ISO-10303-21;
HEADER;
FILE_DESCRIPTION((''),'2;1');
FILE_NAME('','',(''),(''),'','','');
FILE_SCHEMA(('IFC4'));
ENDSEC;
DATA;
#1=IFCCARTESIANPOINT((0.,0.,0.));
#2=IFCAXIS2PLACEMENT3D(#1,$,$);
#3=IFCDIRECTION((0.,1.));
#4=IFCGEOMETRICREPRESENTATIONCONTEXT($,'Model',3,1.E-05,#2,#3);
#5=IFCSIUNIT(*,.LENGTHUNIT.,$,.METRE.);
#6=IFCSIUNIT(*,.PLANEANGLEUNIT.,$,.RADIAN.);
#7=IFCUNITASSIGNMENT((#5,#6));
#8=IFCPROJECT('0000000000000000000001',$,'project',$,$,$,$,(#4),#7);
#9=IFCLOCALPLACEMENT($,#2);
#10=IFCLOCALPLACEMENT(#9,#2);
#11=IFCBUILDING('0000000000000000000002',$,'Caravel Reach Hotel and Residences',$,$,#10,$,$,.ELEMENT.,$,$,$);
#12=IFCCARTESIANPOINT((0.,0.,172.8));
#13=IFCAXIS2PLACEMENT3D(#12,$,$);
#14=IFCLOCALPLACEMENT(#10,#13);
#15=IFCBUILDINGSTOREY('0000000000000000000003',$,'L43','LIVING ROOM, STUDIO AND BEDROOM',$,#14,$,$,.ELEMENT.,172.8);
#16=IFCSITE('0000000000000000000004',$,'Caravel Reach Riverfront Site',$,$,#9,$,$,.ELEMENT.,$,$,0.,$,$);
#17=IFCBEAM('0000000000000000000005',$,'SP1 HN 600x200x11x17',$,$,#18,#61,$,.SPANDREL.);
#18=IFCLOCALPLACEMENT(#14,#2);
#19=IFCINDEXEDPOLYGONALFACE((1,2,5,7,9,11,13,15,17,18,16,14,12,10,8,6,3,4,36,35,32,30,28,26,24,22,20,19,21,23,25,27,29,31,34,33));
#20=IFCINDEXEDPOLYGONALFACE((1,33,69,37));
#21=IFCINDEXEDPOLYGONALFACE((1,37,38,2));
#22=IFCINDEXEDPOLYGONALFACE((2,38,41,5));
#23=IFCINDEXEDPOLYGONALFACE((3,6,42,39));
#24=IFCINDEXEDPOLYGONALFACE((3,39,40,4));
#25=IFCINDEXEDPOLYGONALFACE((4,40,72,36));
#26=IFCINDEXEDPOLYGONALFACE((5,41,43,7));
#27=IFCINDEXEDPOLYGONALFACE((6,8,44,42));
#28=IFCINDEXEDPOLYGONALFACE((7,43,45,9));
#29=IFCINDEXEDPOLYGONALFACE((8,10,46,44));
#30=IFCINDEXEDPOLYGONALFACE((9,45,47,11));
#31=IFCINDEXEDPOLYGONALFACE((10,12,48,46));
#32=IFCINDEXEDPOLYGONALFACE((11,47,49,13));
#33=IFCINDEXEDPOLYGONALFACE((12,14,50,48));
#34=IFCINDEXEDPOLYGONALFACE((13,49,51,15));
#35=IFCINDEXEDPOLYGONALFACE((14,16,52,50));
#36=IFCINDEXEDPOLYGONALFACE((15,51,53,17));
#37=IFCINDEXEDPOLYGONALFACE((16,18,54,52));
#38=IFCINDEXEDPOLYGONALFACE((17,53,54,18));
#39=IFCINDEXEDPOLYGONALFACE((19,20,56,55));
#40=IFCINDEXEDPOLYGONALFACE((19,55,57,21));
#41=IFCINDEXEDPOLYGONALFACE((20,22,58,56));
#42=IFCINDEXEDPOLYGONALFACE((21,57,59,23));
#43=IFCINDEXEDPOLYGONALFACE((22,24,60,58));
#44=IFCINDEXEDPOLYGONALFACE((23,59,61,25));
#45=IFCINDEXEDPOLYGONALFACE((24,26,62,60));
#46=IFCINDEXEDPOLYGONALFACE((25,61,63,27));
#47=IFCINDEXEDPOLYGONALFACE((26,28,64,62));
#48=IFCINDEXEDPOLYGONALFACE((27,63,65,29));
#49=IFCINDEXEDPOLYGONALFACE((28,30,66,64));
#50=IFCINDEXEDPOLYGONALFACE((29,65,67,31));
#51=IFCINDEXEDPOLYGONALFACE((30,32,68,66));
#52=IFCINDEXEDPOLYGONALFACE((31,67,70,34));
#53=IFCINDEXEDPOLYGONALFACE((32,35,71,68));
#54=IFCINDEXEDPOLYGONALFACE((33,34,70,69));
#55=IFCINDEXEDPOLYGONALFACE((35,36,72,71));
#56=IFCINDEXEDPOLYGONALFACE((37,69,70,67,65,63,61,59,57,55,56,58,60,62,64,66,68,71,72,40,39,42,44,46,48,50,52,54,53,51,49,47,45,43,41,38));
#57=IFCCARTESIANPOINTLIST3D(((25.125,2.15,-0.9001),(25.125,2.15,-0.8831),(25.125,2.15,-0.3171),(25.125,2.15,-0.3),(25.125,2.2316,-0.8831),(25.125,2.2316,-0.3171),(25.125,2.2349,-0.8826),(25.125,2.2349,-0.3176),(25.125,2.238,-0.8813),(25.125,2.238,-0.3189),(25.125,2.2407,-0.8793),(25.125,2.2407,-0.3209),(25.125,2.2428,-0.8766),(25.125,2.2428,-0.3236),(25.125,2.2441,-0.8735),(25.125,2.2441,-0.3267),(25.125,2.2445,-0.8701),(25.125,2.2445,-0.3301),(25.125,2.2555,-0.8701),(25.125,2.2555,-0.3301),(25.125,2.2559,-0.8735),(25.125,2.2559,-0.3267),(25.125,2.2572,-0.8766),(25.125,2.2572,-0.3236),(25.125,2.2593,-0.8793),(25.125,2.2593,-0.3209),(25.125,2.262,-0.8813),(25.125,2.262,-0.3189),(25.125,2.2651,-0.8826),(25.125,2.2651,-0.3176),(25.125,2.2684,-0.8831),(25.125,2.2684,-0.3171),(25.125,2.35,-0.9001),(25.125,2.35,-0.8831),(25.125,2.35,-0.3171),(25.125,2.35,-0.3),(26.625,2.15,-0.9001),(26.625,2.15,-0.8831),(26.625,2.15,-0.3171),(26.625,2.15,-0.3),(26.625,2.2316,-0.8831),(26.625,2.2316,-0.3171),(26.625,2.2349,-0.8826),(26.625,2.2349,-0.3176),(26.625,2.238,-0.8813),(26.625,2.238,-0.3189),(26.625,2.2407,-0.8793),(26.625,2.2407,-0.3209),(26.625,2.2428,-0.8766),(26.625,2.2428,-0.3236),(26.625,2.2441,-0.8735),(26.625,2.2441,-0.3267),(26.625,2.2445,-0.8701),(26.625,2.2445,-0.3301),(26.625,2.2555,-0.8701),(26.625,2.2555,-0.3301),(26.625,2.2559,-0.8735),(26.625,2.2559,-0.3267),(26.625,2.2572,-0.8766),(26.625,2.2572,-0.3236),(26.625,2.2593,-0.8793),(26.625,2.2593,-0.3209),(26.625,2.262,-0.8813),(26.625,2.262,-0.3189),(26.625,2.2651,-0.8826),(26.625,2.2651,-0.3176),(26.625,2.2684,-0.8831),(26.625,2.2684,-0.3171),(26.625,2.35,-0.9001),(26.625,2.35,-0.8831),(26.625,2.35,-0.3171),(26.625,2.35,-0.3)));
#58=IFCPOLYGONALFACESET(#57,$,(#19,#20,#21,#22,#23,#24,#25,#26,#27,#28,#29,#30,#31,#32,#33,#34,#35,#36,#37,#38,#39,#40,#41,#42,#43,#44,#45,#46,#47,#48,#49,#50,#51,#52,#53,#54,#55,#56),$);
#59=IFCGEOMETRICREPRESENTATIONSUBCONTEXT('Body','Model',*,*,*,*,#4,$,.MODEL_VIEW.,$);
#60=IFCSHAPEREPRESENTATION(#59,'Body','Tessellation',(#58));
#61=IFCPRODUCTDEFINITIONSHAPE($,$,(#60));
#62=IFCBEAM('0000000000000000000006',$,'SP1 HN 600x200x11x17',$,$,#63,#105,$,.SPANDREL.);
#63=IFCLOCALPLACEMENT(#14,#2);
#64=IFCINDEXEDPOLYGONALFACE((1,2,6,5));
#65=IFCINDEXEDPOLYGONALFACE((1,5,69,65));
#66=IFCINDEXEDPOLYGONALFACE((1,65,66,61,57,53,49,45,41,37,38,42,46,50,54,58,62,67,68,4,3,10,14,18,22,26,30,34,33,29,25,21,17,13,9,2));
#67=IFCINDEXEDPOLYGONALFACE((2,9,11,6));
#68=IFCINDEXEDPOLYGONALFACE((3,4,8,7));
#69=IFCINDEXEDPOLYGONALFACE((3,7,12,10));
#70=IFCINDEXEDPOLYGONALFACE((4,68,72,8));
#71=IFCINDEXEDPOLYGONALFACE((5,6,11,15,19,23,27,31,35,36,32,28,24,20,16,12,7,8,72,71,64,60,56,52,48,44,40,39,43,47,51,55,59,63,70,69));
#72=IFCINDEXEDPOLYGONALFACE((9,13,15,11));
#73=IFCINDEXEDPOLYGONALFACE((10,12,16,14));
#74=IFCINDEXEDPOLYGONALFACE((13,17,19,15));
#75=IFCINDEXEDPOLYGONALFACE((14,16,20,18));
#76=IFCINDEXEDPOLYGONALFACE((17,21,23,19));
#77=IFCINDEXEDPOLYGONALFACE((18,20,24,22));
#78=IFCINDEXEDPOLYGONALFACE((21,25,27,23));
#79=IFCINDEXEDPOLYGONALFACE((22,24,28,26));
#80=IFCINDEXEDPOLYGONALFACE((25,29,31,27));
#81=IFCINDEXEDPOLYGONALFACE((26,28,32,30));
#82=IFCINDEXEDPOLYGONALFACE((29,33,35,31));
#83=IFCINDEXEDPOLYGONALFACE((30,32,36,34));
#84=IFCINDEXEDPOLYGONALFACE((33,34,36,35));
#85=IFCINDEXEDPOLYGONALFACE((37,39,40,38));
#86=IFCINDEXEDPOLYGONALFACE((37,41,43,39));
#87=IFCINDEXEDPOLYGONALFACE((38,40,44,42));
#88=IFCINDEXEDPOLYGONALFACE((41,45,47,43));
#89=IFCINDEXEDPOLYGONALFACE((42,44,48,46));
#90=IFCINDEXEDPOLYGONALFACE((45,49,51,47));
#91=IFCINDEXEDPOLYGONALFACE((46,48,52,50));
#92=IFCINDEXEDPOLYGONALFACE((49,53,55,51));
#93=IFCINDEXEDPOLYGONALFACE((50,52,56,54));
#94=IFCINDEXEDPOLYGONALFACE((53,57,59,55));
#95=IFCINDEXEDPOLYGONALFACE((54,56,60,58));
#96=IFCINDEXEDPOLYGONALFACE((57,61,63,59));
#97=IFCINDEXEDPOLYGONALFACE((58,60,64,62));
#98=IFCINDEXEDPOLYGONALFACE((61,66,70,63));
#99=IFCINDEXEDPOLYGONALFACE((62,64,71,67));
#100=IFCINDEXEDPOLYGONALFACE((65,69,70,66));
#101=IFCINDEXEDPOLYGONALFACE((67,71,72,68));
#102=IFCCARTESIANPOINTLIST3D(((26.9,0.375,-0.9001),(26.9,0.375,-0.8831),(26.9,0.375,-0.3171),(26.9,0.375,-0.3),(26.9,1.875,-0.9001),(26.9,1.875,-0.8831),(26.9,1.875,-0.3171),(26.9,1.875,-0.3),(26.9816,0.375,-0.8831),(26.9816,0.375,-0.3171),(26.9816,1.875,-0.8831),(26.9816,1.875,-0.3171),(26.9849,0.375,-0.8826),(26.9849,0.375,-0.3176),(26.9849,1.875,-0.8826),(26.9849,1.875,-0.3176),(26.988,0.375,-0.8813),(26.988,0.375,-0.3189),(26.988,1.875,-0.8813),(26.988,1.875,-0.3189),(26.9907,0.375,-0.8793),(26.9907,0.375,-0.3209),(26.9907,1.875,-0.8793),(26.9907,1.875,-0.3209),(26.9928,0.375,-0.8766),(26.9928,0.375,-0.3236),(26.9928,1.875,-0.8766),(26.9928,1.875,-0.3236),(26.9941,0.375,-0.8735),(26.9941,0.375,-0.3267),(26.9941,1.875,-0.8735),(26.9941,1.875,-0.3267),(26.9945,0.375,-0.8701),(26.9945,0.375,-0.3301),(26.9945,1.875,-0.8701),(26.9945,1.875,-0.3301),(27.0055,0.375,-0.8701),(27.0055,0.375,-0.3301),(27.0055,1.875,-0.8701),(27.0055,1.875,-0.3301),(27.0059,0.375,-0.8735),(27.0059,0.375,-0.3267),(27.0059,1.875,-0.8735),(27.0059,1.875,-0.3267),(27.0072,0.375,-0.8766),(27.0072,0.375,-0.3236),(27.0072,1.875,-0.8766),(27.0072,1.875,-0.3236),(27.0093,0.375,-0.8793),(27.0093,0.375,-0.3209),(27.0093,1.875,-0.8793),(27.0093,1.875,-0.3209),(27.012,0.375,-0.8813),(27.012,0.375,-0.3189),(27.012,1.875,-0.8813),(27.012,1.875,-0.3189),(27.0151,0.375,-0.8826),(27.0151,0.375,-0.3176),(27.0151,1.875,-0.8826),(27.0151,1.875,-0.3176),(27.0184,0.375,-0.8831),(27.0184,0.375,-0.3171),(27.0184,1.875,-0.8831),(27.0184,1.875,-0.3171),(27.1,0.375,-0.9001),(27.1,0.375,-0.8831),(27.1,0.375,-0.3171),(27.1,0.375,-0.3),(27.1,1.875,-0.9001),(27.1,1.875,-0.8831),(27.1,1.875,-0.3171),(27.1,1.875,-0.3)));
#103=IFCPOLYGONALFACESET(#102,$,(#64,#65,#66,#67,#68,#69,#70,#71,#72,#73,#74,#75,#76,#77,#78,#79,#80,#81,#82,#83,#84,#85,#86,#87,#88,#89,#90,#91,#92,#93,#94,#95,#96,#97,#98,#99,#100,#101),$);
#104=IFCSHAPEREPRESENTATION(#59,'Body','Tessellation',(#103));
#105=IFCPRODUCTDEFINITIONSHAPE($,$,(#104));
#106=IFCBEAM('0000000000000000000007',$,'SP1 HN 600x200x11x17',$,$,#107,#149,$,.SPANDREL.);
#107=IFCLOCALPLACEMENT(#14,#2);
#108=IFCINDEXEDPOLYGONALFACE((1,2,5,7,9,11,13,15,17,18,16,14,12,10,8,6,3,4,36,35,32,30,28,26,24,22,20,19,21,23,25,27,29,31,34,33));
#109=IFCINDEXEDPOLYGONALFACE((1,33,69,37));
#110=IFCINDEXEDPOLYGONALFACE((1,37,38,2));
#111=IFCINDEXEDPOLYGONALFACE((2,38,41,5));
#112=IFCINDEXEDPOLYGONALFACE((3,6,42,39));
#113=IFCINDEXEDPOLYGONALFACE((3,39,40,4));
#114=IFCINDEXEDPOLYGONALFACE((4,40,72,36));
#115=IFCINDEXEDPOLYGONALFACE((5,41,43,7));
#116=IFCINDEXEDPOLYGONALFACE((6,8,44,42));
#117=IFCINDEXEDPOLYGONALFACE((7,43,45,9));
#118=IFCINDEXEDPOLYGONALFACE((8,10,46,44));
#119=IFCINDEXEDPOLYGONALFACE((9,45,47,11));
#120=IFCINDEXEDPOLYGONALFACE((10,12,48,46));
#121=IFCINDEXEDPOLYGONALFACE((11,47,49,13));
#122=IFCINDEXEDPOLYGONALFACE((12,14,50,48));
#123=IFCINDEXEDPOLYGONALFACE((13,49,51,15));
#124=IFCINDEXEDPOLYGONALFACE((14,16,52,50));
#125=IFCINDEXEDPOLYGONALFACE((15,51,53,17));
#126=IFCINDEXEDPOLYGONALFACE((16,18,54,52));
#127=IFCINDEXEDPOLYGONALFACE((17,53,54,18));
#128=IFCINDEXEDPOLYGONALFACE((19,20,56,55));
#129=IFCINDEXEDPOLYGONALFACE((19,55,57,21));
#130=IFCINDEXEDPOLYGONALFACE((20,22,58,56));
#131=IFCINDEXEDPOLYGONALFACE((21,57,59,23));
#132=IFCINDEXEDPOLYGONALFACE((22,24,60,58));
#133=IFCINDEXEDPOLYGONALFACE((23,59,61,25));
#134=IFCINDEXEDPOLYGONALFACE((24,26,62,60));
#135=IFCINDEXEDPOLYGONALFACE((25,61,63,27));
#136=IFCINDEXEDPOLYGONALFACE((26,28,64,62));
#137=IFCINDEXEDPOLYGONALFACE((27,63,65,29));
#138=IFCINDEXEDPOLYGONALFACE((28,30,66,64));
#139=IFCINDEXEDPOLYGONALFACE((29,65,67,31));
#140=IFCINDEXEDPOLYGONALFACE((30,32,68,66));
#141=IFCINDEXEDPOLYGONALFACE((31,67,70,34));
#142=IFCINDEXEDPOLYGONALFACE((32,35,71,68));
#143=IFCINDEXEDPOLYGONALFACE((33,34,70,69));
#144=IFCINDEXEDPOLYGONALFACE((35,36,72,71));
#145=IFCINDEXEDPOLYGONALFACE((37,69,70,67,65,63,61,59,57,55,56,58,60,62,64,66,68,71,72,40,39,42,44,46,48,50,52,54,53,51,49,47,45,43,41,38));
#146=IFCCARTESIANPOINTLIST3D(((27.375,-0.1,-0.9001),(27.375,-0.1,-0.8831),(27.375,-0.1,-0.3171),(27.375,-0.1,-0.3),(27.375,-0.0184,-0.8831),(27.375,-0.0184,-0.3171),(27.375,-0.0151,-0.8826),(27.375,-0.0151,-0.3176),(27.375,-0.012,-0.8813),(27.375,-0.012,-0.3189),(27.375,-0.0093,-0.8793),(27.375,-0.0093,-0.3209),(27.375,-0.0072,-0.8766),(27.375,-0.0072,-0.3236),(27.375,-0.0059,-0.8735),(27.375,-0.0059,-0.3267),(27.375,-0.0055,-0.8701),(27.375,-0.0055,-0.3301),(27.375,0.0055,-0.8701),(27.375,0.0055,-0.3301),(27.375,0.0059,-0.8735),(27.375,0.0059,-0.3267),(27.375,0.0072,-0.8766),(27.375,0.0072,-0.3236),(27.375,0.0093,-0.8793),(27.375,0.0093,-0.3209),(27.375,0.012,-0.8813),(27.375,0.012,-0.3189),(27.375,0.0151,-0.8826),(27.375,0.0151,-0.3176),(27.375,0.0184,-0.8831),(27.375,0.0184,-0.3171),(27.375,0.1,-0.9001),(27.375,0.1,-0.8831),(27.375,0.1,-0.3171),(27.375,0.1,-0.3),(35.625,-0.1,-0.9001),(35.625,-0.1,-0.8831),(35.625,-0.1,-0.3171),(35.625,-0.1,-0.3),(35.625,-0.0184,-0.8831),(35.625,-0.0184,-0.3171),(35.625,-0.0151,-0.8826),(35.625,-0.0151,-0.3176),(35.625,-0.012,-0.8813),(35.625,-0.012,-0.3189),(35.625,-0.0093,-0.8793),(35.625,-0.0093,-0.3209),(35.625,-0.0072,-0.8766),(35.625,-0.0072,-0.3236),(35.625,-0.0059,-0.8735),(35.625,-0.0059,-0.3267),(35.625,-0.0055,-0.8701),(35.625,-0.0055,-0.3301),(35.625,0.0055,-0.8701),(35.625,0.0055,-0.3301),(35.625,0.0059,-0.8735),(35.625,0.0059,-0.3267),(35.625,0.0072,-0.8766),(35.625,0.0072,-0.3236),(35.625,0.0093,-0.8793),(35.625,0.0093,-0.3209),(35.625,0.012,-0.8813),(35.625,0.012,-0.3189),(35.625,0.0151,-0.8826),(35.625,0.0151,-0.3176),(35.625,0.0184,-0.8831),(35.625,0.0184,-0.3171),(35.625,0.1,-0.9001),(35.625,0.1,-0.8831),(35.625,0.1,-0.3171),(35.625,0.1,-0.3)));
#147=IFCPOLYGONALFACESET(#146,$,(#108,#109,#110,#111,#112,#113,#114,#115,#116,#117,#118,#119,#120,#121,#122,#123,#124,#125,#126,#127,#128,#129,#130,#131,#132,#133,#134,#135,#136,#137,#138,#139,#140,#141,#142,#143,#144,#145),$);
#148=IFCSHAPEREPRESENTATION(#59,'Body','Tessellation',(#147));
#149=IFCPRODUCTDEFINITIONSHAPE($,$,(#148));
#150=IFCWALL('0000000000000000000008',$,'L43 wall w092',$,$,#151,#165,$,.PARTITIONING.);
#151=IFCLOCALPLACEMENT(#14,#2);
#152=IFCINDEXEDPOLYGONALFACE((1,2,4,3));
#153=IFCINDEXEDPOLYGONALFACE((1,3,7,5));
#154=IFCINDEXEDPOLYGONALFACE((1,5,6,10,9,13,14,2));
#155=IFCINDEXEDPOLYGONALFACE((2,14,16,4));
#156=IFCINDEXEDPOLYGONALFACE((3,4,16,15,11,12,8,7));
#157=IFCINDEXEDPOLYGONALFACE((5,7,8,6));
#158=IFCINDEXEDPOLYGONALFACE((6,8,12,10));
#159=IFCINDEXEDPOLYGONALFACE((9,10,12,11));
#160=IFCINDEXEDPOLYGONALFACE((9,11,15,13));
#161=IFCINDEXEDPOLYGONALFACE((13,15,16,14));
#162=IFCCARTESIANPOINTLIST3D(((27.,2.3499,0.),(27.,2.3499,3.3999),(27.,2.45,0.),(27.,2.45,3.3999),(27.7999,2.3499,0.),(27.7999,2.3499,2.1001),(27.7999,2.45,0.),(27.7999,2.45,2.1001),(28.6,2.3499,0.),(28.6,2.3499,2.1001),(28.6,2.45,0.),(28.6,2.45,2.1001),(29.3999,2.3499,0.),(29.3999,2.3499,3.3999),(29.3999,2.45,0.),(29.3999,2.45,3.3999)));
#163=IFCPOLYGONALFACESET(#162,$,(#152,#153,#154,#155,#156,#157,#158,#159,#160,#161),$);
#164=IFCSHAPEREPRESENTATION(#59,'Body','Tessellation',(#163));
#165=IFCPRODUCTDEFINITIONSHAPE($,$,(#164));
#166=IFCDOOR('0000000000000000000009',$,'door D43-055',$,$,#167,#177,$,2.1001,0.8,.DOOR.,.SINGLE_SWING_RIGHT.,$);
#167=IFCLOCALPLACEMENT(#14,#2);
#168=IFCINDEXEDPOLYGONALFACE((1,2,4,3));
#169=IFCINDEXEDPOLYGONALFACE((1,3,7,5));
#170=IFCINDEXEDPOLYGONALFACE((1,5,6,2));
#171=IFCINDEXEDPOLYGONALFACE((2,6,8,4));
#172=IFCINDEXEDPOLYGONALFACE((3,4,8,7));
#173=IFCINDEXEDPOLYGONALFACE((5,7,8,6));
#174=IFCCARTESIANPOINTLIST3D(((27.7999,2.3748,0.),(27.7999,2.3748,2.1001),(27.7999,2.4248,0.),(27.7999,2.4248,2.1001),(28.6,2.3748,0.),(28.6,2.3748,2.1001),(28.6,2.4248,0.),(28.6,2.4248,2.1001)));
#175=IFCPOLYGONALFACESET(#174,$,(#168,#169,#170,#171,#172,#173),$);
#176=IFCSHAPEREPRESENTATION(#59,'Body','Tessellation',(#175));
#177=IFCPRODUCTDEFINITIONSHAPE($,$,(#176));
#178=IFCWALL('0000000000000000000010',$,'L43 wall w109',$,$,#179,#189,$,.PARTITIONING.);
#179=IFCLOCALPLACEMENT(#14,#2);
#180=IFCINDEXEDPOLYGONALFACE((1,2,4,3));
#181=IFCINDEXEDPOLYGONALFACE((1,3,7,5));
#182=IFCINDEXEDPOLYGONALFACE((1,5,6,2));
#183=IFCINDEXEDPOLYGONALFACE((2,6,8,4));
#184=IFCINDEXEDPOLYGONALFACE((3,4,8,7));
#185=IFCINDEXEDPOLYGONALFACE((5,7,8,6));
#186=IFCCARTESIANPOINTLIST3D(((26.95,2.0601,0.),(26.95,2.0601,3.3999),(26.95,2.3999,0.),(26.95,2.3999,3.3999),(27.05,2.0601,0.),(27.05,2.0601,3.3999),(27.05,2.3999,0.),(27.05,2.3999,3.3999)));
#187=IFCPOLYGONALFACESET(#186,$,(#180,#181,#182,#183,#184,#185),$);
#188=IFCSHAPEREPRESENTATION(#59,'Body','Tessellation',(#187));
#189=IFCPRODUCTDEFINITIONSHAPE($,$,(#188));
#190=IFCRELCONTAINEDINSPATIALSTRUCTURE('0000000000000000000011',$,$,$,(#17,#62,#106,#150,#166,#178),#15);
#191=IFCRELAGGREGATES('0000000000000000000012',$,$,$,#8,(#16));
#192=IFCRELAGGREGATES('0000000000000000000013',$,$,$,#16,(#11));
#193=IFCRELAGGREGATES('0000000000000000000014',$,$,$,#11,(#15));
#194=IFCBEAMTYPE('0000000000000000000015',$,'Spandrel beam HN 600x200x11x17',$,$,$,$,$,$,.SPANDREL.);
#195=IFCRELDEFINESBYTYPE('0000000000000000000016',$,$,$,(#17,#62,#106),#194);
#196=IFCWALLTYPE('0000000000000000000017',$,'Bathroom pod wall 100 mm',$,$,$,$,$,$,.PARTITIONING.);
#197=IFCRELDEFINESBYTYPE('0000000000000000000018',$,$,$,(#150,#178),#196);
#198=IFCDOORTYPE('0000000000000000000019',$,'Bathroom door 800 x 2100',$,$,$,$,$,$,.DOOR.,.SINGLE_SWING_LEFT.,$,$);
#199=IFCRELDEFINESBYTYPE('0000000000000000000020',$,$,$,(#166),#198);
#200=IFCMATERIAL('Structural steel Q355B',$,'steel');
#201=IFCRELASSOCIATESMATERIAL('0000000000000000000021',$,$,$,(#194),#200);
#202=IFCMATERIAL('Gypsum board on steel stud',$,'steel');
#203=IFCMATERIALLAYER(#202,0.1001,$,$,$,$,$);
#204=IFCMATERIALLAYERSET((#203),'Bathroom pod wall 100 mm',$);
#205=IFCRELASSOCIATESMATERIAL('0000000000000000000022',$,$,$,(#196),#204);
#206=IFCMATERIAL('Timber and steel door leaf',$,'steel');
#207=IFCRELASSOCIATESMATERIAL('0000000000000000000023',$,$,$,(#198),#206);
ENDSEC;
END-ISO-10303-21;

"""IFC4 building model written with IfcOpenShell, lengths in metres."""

from ifc_helpers import new_model, si_unit, direction, frame, frame_2d, origin, origin_2d, place, context, subcontext, project, spatial, rectangle, i_section, extrude, material, layer, layer_set, material_profile, profile_set, type_object, element, fill, save


model = new_model("IFC4")

# Units and contexts
model_context = context("Model", 3, precision=1e-05, world=origin(), true_north=direction((0.0, 1.0)))
body_context = subcontext(model_context, "Body", "Model", "MODEL_VIEW")
ifc_project = project(units=[si_unit("LENGTHUNIT", "METRE"), si_unit("PLANEANGLEUNIT", "RADIAN")], contexts=[model_context])

# Site, building, storey
site_placement = place(None, origin())
site = spatial("IfcSite", under=ifc_project, at=site_placement, Name="Caravel Reach Riverfront Site", CompositionType="ELEMENT", RefElevation=0.0)
building_placement = place(site_placement, origin())
building = spatial("IfcBuilding", under=site, at=building_placement, Name="Caravel Reach Hotel and Residences", CompositionType="ELEMENT")
storey_placement = place(building_placement, frame((0.0, 0.0, 172.8)))
storey = spatial("IfcBuildingStorey", under=building, at=storey_placement, Name="L43", Description="LIVING ROOM, STUDIO AND BEDROOM", CompositionType="ELEMENT", Elevation=172.8)

# Beams
ifc_material_1 = material(Name="Structural steel Q355B", Category="steel")
ifc_material_profile_1 = material_profile(ifc_material_1, i_section(OverallWidth=0.2, OverallDepth=0.6001, WebThickness=0.011, FlangeThickness=0.0171, FilletRadius=0.0129, at=origin_2d()), Name="HN 600x200x11x17")
ifc_profile_set_1 = profile_set([ifc_material_profile_1], Name="Structural steel Q355B")
beam_type = type_object("IfcBeamType", Name="Spandrel beam HN 600x200x11x17", PredefinedType="SPANDREL", material=ifc_profile_set_1)
for number, where, z_axis, x_axis, name in (
    (1, (25.125, 2.25, -0.6001), (1.0, 0.0, 0.0), (0.0, 1.0, 0.0), "SP1 HN 600x200x11x17"),
    (2, (27.0, 1.875, -0.6001), (0.0, -1.0, 0.0), (1.0, 0.0, 0.0), "SP1 HN 600x200x11x17"),
):
    element("IfcBeam", number, at=place(storey_placement, frame(where, z_axis=z_axis, x_axis=x_axis)), inside=storey, type_object=beam_type, Name=name, PredefinedType="SPANDREL", context=body_context, shape_type="SweptSolid", body=[
        extrude(i_section(OverallWidth=0.2, OverallDepth=0.6001, WebThickness=0.011, FlangeThickness=0.0171, FilletRadius=0.0129, at=origin_2d()), origin(), (0.0, 0.0, 1.0), 1.5),
    ])
beam_placement = place(storey_placement, frame((27.375, 0.0, -0.6001), z_axis=(1.0, 0.0, 0.0), x_axis=(0.0, 1.0, 0.0)))
element("IfcBeam", 3, at=beam_placement, inside=storey, type_object=beam_type, Name="SP1 HN 600x200x11x17", PredefinedType="SPANDREL", context=body_context, shape_type="SweptSolid", body=[
    extrude(i_section(OverallWidth=0.2, OverallDepth=0.6001, WebThickness=0.011, FlangeThickness=0.0171, FilletRadius=0.0129, at=origin_2d()), origin(), (0.0, 0.0, 1.0), 8.25),
])

# Wall, opening, door
ifc_material_2 = material(Name="Gypsum board on steel stud", Category="steel")
ifc_layer_1 = layer(ifc_material_2, 0.1001)
ifc_layer_set_1 = layer_set([ifc_layer_1], Name="Bathroom pod wall 100 mm")
wall_type_1 = type_object("IfcWallType", Name="Bathroom pod wall 100 mm", PredefinedType="PARTITIONING", material=ifc_layer_set_1)
wall_1_placement = place(storey_placement, frame((27.0, 2.3999, 0.0), z_axis=(0.0, 0.0, 1.0), x_axis=(1.0, 0.0, 0.0)))
wall_1 = element("IfcWall", 4, at=wall_1_placement, inside=storey, type_object=wall_type_1, Name="L43 wall w092", PredefinedType="PARTITIONING", context=body_context, shape_type="SweptSolid", body=[
    extrude(rectangle(XDim=2.3999, YDim=0.1001, at=frame_2d((1.2, 0.0))), origin(), (0.0, 0.0, 1.0), 3.3999),
])
opening_1_placement = place(wall_1_placement, frame((0.8, 0.0, 0.0)))
opening_1 = element("IfcOpeningElement", 5, at=opening_1_placement, cuts=wall_1, PredefinedType="OPENING", context=body_context, shape_type="SweptSolid", body=[
    extrude(rectangle(XDim=0.8, YDim=2.1001, at=frame_2d((0.3999, 1.05))), frame((0.0, 0.0601, 0.0), z_axis=(0.0, -1.0, 0.0), x_axis=(1.0, 0.0, 0.0)), (0.0, 0.0, 1.0), 0.1201),
])
ifc_material_3 = material(Name="Timber and steel door leaf", Category="steel")
door_type = type_object("IfcDoorType", Name="Bathroom door 800 x 2100", OperationType="SINGLE_SWING_LEFT", PredefinedType="DOOR", material=ifc_material_3)
door_placement = place(opening_1_placement, origin())
door = element("IfcDoor", 6, at=door_placement, inside=storey, type_object=door_type, Name="door D43-055", OperationType="SINGLE_SWING_RIGHT", OverallHeight=2.1001, OverallWidth=0.8, PredefinedType="DOOR", context=body_context, shape_type="SweptSolid", body=[
    extrude(rectangle(XDim=0.8, YDim=2.1001, at=frame_2d((0.3999, 1.05))), frame((0.0, 0.0249, 0.0), z_axis=(0.0, -1.0, 0.0), x_axis=(1.0, 0.0, 0.0)), (0.0, 0.0, 1.0), 0.05),
])
fill(opening_1, door)

# Wall
wall_2_placement = place(storey_placement, frame((27.0, 2.0601, 0.0), z_axis=(0.0, 0.0, 1.0), x_axis=(0.0, 1.0, 0.0)))
element("IfcWall", 7, at=wall_2_placement, inside=storey, type_object=wall_type_1, Name="L43 wall w109", PredefinedType="PARTITIONING", context=body_context, shape_type="SweptSolid", body=[
    extrude(rectangle(XDim=0.3398, YDim=0.1001, at=frame_2d((0.1699, 0.0))), origin(), (0.0, 0.0, 1.0), 3.3999),
])

save(model, "model.ifc")
